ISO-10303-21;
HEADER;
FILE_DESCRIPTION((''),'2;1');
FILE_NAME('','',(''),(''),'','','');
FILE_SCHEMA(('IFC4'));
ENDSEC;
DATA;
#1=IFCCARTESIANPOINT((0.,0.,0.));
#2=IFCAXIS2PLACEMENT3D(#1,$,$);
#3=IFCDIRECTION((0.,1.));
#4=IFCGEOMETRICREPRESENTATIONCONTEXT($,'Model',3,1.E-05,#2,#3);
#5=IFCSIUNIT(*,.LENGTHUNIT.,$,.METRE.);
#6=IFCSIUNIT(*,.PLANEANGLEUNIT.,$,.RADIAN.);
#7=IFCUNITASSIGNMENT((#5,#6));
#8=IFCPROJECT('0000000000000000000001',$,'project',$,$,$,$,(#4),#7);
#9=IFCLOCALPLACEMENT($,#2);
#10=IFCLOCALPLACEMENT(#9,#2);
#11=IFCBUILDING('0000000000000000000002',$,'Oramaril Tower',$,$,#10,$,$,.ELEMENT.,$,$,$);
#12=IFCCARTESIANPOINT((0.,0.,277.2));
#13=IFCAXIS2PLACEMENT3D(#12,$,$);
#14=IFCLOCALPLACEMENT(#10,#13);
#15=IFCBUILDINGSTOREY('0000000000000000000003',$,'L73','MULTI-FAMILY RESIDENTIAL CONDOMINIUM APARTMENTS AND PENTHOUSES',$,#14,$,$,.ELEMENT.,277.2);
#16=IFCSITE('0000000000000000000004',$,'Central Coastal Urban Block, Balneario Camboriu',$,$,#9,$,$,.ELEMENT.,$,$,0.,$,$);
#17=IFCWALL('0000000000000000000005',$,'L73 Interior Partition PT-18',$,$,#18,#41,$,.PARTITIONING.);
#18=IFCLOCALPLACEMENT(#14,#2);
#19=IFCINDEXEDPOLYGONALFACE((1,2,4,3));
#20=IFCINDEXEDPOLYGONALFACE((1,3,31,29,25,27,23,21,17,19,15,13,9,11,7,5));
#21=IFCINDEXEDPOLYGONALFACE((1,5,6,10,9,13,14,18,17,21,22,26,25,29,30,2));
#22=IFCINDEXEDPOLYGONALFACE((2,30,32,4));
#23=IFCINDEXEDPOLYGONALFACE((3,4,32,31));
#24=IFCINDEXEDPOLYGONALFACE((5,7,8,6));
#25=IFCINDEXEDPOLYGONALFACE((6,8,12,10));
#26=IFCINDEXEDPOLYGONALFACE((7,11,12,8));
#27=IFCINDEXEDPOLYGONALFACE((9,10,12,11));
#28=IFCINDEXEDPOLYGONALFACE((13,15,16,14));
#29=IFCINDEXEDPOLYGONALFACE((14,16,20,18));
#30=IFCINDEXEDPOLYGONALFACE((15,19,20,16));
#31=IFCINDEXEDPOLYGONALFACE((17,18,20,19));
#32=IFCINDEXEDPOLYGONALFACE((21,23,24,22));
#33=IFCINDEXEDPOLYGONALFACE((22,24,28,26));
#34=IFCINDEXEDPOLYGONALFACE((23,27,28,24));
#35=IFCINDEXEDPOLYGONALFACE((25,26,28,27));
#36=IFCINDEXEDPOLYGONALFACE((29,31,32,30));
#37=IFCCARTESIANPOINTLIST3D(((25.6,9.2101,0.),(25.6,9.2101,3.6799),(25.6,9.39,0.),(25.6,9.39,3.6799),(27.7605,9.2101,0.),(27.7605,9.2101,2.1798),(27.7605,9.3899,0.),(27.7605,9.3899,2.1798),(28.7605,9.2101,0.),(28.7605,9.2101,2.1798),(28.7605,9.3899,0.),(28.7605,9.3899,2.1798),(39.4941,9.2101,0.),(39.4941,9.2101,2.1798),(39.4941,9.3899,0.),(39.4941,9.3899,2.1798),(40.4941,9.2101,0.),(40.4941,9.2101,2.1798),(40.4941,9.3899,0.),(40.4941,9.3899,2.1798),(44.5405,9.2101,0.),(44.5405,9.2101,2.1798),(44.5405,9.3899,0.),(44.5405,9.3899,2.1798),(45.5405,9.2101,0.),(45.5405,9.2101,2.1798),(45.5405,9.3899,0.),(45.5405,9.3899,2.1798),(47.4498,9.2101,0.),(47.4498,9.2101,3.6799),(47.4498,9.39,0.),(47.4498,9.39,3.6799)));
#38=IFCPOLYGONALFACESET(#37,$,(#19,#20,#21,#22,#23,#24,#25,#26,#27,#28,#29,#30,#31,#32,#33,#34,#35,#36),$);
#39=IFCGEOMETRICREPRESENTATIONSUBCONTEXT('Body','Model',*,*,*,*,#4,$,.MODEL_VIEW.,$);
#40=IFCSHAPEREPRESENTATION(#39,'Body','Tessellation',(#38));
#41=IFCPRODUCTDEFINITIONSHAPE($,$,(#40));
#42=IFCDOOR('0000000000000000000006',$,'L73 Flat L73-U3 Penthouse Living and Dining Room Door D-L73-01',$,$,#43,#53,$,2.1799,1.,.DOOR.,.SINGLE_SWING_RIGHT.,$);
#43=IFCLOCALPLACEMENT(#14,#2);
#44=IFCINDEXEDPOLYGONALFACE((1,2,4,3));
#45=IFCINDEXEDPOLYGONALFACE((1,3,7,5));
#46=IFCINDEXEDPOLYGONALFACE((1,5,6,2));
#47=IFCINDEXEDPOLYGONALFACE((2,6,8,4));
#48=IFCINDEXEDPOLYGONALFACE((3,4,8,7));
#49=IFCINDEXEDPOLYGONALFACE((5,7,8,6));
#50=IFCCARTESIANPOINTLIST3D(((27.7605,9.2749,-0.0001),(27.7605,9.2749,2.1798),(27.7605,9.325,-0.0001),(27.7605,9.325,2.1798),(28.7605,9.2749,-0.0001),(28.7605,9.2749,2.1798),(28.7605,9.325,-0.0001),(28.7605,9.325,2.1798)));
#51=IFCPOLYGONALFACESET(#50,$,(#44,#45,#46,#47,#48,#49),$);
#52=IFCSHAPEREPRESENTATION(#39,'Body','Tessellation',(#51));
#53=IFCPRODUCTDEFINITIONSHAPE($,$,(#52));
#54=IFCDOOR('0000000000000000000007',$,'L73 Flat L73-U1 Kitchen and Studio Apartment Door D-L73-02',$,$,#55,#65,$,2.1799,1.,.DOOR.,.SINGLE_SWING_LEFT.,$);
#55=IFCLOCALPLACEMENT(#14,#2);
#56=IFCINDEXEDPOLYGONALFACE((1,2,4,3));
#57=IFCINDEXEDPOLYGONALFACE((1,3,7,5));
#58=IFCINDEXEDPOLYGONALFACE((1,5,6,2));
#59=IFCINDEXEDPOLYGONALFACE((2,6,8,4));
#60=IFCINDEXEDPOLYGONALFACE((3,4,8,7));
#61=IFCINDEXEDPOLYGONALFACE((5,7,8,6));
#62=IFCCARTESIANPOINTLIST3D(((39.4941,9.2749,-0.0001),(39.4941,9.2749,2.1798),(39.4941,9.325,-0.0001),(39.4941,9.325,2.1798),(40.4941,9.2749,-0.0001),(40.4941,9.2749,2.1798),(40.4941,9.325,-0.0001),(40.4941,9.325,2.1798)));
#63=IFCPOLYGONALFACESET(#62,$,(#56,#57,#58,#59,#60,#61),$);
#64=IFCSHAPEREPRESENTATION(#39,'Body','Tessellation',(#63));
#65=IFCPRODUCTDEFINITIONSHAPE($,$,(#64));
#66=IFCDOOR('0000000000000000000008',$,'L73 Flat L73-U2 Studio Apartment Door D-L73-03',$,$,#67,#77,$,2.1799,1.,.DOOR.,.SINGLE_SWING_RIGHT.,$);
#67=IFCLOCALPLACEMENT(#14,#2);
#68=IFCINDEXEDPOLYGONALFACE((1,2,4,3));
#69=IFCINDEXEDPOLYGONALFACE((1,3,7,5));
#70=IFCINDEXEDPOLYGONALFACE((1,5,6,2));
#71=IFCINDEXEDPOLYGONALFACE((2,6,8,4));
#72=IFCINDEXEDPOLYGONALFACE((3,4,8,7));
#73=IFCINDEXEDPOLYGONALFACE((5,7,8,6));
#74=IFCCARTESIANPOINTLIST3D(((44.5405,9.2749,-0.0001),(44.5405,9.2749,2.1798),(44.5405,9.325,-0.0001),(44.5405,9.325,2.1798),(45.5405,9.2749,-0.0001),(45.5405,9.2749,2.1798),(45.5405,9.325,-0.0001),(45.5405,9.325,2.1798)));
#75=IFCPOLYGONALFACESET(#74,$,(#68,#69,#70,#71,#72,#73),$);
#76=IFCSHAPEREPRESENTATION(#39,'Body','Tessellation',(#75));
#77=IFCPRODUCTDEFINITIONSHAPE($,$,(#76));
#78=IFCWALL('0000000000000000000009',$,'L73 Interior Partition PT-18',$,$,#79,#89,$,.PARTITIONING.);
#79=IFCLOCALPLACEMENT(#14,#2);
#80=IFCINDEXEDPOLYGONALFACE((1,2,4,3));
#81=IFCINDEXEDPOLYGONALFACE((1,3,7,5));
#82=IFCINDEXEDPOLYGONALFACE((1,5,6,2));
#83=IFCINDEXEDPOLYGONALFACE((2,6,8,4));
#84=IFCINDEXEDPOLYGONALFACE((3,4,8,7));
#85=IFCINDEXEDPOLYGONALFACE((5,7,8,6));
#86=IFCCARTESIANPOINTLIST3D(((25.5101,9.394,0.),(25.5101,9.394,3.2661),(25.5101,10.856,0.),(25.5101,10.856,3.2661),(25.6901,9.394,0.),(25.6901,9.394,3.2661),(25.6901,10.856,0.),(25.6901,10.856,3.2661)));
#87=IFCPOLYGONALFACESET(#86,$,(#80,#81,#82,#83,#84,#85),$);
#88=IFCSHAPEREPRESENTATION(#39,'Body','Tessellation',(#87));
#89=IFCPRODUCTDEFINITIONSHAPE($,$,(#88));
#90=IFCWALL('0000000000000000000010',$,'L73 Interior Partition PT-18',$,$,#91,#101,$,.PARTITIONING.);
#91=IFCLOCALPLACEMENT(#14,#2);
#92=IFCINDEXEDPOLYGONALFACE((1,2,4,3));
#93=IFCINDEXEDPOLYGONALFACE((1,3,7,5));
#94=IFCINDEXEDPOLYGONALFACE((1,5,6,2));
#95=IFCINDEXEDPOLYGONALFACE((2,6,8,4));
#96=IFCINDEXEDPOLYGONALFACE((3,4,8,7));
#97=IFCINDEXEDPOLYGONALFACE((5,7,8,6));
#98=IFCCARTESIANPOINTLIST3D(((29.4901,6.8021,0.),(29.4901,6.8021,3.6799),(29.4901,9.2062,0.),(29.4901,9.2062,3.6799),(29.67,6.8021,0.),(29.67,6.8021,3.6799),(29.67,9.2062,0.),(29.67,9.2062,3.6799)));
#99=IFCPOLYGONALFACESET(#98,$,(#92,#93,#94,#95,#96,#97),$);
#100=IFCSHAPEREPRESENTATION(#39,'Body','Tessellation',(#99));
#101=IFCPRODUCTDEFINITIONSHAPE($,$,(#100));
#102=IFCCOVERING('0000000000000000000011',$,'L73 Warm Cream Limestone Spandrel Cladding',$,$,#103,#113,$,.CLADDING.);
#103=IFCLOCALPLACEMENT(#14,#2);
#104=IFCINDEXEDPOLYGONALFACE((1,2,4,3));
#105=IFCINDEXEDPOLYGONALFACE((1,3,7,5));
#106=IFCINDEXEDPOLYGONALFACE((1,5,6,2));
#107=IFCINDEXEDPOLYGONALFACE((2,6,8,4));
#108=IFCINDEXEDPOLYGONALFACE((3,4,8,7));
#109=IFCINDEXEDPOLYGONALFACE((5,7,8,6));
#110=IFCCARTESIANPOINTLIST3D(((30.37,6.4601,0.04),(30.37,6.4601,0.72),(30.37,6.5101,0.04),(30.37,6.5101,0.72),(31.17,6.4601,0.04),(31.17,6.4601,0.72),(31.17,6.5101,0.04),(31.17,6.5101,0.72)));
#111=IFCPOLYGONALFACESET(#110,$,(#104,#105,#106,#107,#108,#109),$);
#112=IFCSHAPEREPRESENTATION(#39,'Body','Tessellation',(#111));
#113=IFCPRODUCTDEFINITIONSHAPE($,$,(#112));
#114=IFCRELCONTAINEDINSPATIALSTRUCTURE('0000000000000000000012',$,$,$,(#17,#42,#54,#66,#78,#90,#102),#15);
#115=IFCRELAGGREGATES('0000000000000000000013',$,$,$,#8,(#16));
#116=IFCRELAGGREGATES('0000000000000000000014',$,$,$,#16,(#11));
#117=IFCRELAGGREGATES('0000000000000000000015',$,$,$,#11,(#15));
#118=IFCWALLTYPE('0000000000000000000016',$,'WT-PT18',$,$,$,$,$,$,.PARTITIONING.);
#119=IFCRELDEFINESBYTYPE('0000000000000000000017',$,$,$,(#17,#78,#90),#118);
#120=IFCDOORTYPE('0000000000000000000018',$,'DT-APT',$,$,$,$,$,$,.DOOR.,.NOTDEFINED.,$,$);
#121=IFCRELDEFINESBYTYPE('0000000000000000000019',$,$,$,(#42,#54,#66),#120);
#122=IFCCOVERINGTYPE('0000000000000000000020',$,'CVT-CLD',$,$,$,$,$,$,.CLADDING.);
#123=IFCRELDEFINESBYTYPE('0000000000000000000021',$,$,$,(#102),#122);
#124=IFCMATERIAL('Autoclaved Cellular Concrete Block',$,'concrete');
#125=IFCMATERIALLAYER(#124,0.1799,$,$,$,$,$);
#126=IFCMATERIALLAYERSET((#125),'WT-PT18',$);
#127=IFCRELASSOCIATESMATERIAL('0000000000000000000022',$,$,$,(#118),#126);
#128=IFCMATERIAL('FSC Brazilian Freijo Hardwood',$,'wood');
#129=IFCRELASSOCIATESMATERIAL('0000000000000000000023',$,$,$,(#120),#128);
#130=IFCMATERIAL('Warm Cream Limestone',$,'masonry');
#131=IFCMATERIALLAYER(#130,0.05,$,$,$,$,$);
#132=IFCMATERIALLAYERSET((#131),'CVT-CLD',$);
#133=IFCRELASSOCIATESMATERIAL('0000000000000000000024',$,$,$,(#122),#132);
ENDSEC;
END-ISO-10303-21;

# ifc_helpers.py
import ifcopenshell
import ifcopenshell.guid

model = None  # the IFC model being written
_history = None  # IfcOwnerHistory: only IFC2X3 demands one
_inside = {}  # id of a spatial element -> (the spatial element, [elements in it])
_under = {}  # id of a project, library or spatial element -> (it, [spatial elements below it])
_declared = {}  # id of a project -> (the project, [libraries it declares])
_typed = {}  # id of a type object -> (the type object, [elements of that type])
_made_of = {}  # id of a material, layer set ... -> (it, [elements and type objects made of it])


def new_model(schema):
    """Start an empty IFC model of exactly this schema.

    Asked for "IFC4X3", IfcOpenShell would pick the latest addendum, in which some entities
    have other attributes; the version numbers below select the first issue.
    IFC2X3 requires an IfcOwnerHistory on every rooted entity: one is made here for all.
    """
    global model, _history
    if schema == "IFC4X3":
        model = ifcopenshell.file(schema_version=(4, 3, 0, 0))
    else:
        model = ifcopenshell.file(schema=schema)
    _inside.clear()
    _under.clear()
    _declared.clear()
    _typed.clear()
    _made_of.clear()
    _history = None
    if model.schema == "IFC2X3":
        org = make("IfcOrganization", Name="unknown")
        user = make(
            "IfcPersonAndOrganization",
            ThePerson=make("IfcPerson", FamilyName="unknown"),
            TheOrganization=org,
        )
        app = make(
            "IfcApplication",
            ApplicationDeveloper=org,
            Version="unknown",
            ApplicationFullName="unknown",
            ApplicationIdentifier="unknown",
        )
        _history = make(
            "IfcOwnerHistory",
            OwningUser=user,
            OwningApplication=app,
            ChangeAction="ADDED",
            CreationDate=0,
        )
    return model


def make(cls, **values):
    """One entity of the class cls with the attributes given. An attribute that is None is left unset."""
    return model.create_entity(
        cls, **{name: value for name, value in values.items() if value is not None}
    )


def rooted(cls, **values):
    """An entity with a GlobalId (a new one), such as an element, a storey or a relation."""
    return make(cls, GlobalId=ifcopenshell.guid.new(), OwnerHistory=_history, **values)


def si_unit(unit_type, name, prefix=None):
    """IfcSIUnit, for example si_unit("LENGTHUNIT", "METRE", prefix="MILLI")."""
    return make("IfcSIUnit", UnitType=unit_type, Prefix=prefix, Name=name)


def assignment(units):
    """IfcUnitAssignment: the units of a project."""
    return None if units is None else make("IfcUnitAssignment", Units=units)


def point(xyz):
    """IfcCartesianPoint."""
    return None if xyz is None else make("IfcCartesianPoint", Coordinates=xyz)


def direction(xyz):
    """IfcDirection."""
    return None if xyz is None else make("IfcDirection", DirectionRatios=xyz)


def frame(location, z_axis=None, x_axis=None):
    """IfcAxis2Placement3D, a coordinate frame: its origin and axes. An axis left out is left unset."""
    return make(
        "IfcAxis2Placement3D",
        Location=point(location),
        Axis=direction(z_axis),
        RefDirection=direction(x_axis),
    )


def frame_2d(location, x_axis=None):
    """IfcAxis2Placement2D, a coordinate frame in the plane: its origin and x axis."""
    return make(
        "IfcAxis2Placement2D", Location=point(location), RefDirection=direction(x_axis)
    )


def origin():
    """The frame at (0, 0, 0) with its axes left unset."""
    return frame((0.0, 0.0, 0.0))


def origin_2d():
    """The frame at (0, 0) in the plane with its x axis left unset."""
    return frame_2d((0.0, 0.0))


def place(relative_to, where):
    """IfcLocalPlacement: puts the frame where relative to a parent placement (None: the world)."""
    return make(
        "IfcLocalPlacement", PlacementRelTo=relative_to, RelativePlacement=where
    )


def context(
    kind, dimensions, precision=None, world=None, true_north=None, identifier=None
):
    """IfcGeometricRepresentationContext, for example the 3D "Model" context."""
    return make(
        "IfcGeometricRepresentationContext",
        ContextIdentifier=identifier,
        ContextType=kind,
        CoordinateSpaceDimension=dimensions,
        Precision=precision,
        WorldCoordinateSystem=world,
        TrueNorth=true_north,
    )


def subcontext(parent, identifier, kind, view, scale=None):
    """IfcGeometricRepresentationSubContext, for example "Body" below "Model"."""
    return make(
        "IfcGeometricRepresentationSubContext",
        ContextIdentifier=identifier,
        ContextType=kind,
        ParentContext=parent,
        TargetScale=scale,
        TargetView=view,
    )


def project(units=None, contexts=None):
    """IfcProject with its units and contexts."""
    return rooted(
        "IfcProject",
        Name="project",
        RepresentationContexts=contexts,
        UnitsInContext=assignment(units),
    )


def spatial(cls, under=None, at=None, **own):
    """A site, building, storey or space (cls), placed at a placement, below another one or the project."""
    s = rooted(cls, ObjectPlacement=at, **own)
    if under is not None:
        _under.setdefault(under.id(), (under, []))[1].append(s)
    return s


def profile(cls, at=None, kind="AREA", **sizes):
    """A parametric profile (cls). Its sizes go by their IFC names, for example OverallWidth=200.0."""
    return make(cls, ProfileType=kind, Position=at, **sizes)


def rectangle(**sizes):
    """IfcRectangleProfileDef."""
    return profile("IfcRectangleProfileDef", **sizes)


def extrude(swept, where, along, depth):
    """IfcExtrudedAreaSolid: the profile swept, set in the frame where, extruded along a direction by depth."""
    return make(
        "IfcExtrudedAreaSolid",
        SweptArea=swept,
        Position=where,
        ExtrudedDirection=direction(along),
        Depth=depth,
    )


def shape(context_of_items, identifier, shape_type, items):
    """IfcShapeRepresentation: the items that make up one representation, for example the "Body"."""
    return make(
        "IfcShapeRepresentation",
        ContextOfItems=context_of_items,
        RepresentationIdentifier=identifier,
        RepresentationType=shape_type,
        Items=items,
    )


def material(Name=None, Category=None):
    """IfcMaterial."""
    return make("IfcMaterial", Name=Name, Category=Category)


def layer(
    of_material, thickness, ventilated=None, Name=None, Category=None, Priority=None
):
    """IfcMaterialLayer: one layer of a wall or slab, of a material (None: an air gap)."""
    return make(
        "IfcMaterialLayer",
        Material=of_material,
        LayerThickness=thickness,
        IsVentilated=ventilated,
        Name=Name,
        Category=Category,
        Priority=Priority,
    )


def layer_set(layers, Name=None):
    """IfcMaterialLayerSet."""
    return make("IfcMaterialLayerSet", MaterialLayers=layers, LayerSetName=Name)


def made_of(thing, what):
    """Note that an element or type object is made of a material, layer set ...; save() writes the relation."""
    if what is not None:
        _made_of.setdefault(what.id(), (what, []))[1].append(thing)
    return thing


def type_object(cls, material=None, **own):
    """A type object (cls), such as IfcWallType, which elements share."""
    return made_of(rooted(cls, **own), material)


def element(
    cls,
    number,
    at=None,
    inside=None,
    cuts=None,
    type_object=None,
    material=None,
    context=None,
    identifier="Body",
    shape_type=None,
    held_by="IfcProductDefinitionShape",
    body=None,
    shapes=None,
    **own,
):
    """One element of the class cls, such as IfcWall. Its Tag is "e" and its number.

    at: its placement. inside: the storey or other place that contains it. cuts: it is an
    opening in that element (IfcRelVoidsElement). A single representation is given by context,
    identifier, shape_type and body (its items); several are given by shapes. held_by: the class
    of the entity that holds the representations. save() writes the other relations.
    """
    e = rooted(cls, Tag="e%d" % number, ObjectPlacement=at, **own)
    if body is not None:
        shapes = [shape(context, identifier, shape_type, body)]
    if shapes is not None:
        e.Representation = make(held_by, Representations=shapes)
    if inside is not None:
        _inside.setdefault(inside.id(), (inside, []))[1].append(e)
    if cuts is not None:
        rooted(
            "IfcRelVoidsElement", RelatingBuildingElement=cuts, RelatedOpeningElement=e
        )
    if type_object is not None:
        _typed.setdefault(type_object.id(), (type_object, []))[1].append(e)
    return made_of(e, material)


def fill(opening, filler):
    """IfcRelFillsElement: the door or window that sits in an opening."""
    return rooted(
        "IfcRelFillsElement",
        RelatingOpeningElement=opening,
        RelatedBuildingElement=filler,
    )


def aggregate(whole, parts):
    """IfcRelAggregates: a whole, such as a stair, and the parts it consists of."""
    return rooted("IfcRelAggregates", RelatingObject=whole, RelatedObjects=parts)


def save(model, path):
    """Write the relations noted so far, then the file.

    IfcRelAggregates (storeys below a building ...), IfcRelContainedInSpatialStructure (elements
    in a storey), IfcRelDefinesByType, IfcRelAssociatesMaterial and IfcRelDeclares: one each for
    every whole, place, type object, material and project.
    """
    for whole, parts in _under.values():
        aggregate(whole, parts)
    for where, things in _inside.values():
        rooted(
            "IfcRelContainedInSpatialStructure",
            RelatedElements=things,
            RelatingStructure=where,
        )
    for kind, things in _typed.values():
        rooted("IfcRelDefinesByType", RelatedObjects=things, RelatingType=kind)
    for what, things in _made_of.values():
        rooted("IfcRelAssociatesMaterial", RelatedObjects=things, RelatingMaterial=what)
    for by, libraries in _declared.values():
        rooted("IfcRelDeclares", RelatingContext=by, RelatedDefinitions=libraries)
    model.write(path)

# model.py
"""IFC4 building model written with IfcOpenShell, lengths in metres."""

from ifc_helpers import new_model, si_unit, direction, frame, frame_2d, origin, origin_2d, place, context, subcontext, project, spatial, rectangle, extrude, material, layer, layer_set, type_object, element, fill, save


model = new_model("IFC4")

# Units and contexts
model_context = context("Model", 3, precision=1e-05, world=origin(), true_north=direction((0.0, 1.0)))
body_context = subcontext(model_context, "Body", "Model", "MODEL_VIEW")
ifc_project = project(units=[si_unit("LENGTHUNIT", "METRE"), si_unit("PLANEANGLEUNIT", "RADIAN")], contexts=[model_context])

# Site, building, storey
site_placement = place(None, origin())
site = spatial("IfcSite", under=ifc_project, at=site_placement, Name="Central Coastal Urban Block, Balneario Camboriu", CompositionType="ELEMENT", RefElevation=0.0)
building_placement = place(site_placement, origin())
building = spatial("IfcBuilding", under=site, at=building_placement, Name="Oramaril Tower", CompositionType="ELEMENT")
storey_placement = place(building_placement, frame((0.0, 0.0, 277.2)))
storey = spatial("IfcBuildingStorey", under=building, at=storey_placement, Name="L73", Description="MULTI-FAMILY RESIDENTIAL CONDOMINIUM APARTMENTS AND PENTHOUSES", CompositionType="ELEMENT", Elevation=277.2)

# Wall, openings, doors
ifc_material_1 = material(Name="Autoclaved Cellular Concrete Block", Category="concrete")
ifc_layer_1 = layer(ifc_material_1, 0.1799)
ifc_layer_set_1 = layer_set([ifc_layer_1], Name="WT-PT18")
wall_type_1 = type_object("IfcWallType", Name="WT-PT18", PredefinedType="PARTITIONING", material=ifc_layer_set_1)
wall_1_placement = place(storey_placement, frame((25.6001, 9.3, 0.0), z_axis=(0.0, 0.0, 1.0), x_axis=(1.0, 0.0, 0.0)))
wall_1 = element("IfcWall", 1, at=wall_1_placement, inside=storey, type_object=wall_type_1, Name="L73 Interior Partition PT-18", PredefinedType="PARTITIONING", context=body_context, shape_type="SweptSolid", body=[
    extrude(rectangle(XDim=21.8499, YDim=0.1799, at=frame_2d((10.9248, 0.0))), origin(), (0.0, 0.0, 1.0), 3.6799),
])
opening_1_placement = place(wall_1_placement, frame((2.1604, 0.0, 0.0)))
opening_1 = element("IfcOpeningElement", 2, at=opening_1_placement, cuts=wall_1, PredefinedType="OPENING", context=body_context, shape_type="SweptSolid", body=[
    extrude(rectangle(XDim=1.0, YDim=2.1799, at=frame_2d((0.5, 1.0898))), frame((0.0, 0.0898, 0.0), z_axis=(0.0, -1.0, 0.0), x_axis=(1.0, 0.0, 0.0)), (0.0, 0.0, 1.0), 0.1799),
])
opening_2_placement = place(wall_1_placement, frame((13.894, 0.0, 0.0)))
opening_2 = element("IfcOpeningElement", 3, at=opening_2_placement, cuts=wall_1, PredefinedType="OPENING", context=body_context, shape_type="SweptSolid", body=[
    extrude(rectangle(XDim=1.0, YDim=2.1799, at=frame_2d((0.5, 1.0898))), frame((0.0, 0.0898, 0.0), z_axis=(0.0, -1.0, 0.0), x_axis=(1.0, 0.0, 0.0)), (0.0, 0.0, 1.0), 0.1799),
])
opening_3_placement = place(wall_1_placement, frame((18.9404, 0.0, 0.0)))
opening_3 = element("IfcOpeningElement", 4, at=opening_3_placement, cuts=wall_1, PredefinedType="OPENING", context=body_context, shape_type="SweptSolid", body=[
    extrude(rectangle(XDim=1.0, YDim=2.1799, at=frame_2d((0.5, 1.0898))), frame((0.0, 0.0898, 0.0), z_axis=(0.0, -1.0, 0.0), x_axis=(1.0, 0.0, 0.0)), (0.0, 0.0, 1.0), 0.1799),
])
ifc_material_2 = material(Name="FSC Brazilian Freijo Hardwood", Category="wood")
door_type = type_object("IfcDoorType", Name="DT-APT", OperationType="NOTDEFINED", PredefinedType="DOOR", material=ifc_material_2)
door_1_placement = place(opening_1_placement, origin())
door_1 = element("IfcDoor", 5, at=door_1_placement, inside=storey, type_object=door_type, Name="L73 Flat L73-U3 Penthouse Living and Dining Room Door D-L73-01", OperationType="SINGLE_SWING_RIGHT", OverallHeight=2.1799, OverallWidth=1.0, PredefinedType="DOOR", context=body_context, shape_type="SweptSolid", body=[
    extrude(rectangle(XDim=1.0, YDim=2.1799, at=frame_2d((0.5, 1.0898))), frame((0.0, 0.0249, 0.0), z_axis=(0.0, -1.0, 0.0), x_axis=(1.0, 0.0, 0.0)), (0.0, 0.0, 1.0), 0.05),
])
fill(opening_1, door_1)
door_2_placement = place(opening_2_placement, origin())
door_2 = element("IfcDoor", 6, at=door_2_placement, inside=storey, type_object=door_type, Name="L73 Flat L73-U1 Kitchen and Studio Apartment Door D-L73-02", OperationType="SINGLE_SWING_LEFT", OverallHeight=2.1799, OverallWidth=1.0, PredefinedType="DOOR", context=body_context, shape_type="SweptSolid", body=[
    extrude(rectangle(XDim=1.0, YDim=2.1799, at=frame_2d((0.5, 1.0898))), frame((0.0, 0.0249, 0.0), z_axis=(0.0, -1.0, 0.0), x_axis=(1.0, 0.0, 0.0)), (0.0, 0.0, 1.0), 0.05),
])
fill(opening_2, door_2)
door_3_placement = place(opening_3_placement, origin())
door_3 = element("IfcDoor", 7, at=door_3_placement, inside=storey, type_object=door_type, Name="L73 Flat L73-U2 Studio Apartment Door D-L73-03", OperationType="SINGLE_SWING_RIGHT", OverallHeight=2.1799, OverallWidth=1.0, PredefinedType="DOOR", context=body_context, shape_type="SweptSolid", body=[
    extrude(rectangle(XDim=1.0, YDim=2.1799, at=frame_2d((0.5, 1.0898))), frame((0.0, 0.0249, 0.0), z_axis=(0.0, -1.0, 0.0), x_axis=(1.0, 0.0, 0.0)), (0.0, 0.0, 1.0), 0.05),
])
fill(opening_3, door_3)

# Walls
wall_2_placement = place(storey_placement, frame((25.6001, 9.394, 0.0), z_axis=(0.0, 0.0, 1.0), x_axis=(0.0, 1.0, 0.0)))
element("IfcWall", 8, at=wall_2_placement, inside=storey, type_object=wall_type_1, Name="L73 Interior Partition PT-18", PredefinedType="PARTITIONING", context=body_context, shape_type="SweptSolid", body=[
    extrude(rectangle(XDim=1.4619, YDim=0.1799, at=frame_2d((0.731, 0.0))), origin(), (0.0, 0.0, 1.0), 3.2661),
])
wall_3_placement = place(storey_placement, frame((29.5801, 6.802, 0.0), z_axis=(0.0, 0.0, 1.0), x_axis=(0.0, 1.0, 0.0)))
element("IfcWall", 9, at=wall_3_placement, inside=storey, type_object=wall_type_1, Name="L73 Interior Partition PT-18", PredefinedType="PARTITIONING", context=body_context, shape_type="SweptSolid", body=[
    extrude(rectangle(XDim=2.4041, YDim=0.1799, at=frame_2d((1.2021, 0.0))), origin(), (0.0, 0.0, 1.0), 3.6799),
])

# Covering
ifc_material_3 = material(Name="Warm Cream Limestone", Category="masonry")
ifc_layer_2 = layer(ifc_material_3, 0.05)
ifc_layer_set_2 = layer_set([ifc_layer_2], Name="CVT-CLD")
covering_type = type_object("IfcCoveringType", Name="CVT-CLD", PredefinedType="CLADDING", material=ifc_layer_set_2)
covering_placement = place(storey_placement, frame((30.77, 6.4851, 0.04), z_axis=(0.0, 0.0, 1.0), x_axis=(1.0, 0.0, 0.0)))
element("IfcCovering", 10, at=covering_placement, inside=storey, type_object=covering_type, Name="L73 Warm Cream Limestone Spandrel Cladding", PredefinedType="CLADDING", context=body_context, shape_type="SweptSolid", body=[
    extrude(rectangle(XDim=0.8, YDim=0.05, at=origin_2d()), origin(), (0.0, 0.0, 1.0), 0.6799),
])

save(model, "model.ifc")
